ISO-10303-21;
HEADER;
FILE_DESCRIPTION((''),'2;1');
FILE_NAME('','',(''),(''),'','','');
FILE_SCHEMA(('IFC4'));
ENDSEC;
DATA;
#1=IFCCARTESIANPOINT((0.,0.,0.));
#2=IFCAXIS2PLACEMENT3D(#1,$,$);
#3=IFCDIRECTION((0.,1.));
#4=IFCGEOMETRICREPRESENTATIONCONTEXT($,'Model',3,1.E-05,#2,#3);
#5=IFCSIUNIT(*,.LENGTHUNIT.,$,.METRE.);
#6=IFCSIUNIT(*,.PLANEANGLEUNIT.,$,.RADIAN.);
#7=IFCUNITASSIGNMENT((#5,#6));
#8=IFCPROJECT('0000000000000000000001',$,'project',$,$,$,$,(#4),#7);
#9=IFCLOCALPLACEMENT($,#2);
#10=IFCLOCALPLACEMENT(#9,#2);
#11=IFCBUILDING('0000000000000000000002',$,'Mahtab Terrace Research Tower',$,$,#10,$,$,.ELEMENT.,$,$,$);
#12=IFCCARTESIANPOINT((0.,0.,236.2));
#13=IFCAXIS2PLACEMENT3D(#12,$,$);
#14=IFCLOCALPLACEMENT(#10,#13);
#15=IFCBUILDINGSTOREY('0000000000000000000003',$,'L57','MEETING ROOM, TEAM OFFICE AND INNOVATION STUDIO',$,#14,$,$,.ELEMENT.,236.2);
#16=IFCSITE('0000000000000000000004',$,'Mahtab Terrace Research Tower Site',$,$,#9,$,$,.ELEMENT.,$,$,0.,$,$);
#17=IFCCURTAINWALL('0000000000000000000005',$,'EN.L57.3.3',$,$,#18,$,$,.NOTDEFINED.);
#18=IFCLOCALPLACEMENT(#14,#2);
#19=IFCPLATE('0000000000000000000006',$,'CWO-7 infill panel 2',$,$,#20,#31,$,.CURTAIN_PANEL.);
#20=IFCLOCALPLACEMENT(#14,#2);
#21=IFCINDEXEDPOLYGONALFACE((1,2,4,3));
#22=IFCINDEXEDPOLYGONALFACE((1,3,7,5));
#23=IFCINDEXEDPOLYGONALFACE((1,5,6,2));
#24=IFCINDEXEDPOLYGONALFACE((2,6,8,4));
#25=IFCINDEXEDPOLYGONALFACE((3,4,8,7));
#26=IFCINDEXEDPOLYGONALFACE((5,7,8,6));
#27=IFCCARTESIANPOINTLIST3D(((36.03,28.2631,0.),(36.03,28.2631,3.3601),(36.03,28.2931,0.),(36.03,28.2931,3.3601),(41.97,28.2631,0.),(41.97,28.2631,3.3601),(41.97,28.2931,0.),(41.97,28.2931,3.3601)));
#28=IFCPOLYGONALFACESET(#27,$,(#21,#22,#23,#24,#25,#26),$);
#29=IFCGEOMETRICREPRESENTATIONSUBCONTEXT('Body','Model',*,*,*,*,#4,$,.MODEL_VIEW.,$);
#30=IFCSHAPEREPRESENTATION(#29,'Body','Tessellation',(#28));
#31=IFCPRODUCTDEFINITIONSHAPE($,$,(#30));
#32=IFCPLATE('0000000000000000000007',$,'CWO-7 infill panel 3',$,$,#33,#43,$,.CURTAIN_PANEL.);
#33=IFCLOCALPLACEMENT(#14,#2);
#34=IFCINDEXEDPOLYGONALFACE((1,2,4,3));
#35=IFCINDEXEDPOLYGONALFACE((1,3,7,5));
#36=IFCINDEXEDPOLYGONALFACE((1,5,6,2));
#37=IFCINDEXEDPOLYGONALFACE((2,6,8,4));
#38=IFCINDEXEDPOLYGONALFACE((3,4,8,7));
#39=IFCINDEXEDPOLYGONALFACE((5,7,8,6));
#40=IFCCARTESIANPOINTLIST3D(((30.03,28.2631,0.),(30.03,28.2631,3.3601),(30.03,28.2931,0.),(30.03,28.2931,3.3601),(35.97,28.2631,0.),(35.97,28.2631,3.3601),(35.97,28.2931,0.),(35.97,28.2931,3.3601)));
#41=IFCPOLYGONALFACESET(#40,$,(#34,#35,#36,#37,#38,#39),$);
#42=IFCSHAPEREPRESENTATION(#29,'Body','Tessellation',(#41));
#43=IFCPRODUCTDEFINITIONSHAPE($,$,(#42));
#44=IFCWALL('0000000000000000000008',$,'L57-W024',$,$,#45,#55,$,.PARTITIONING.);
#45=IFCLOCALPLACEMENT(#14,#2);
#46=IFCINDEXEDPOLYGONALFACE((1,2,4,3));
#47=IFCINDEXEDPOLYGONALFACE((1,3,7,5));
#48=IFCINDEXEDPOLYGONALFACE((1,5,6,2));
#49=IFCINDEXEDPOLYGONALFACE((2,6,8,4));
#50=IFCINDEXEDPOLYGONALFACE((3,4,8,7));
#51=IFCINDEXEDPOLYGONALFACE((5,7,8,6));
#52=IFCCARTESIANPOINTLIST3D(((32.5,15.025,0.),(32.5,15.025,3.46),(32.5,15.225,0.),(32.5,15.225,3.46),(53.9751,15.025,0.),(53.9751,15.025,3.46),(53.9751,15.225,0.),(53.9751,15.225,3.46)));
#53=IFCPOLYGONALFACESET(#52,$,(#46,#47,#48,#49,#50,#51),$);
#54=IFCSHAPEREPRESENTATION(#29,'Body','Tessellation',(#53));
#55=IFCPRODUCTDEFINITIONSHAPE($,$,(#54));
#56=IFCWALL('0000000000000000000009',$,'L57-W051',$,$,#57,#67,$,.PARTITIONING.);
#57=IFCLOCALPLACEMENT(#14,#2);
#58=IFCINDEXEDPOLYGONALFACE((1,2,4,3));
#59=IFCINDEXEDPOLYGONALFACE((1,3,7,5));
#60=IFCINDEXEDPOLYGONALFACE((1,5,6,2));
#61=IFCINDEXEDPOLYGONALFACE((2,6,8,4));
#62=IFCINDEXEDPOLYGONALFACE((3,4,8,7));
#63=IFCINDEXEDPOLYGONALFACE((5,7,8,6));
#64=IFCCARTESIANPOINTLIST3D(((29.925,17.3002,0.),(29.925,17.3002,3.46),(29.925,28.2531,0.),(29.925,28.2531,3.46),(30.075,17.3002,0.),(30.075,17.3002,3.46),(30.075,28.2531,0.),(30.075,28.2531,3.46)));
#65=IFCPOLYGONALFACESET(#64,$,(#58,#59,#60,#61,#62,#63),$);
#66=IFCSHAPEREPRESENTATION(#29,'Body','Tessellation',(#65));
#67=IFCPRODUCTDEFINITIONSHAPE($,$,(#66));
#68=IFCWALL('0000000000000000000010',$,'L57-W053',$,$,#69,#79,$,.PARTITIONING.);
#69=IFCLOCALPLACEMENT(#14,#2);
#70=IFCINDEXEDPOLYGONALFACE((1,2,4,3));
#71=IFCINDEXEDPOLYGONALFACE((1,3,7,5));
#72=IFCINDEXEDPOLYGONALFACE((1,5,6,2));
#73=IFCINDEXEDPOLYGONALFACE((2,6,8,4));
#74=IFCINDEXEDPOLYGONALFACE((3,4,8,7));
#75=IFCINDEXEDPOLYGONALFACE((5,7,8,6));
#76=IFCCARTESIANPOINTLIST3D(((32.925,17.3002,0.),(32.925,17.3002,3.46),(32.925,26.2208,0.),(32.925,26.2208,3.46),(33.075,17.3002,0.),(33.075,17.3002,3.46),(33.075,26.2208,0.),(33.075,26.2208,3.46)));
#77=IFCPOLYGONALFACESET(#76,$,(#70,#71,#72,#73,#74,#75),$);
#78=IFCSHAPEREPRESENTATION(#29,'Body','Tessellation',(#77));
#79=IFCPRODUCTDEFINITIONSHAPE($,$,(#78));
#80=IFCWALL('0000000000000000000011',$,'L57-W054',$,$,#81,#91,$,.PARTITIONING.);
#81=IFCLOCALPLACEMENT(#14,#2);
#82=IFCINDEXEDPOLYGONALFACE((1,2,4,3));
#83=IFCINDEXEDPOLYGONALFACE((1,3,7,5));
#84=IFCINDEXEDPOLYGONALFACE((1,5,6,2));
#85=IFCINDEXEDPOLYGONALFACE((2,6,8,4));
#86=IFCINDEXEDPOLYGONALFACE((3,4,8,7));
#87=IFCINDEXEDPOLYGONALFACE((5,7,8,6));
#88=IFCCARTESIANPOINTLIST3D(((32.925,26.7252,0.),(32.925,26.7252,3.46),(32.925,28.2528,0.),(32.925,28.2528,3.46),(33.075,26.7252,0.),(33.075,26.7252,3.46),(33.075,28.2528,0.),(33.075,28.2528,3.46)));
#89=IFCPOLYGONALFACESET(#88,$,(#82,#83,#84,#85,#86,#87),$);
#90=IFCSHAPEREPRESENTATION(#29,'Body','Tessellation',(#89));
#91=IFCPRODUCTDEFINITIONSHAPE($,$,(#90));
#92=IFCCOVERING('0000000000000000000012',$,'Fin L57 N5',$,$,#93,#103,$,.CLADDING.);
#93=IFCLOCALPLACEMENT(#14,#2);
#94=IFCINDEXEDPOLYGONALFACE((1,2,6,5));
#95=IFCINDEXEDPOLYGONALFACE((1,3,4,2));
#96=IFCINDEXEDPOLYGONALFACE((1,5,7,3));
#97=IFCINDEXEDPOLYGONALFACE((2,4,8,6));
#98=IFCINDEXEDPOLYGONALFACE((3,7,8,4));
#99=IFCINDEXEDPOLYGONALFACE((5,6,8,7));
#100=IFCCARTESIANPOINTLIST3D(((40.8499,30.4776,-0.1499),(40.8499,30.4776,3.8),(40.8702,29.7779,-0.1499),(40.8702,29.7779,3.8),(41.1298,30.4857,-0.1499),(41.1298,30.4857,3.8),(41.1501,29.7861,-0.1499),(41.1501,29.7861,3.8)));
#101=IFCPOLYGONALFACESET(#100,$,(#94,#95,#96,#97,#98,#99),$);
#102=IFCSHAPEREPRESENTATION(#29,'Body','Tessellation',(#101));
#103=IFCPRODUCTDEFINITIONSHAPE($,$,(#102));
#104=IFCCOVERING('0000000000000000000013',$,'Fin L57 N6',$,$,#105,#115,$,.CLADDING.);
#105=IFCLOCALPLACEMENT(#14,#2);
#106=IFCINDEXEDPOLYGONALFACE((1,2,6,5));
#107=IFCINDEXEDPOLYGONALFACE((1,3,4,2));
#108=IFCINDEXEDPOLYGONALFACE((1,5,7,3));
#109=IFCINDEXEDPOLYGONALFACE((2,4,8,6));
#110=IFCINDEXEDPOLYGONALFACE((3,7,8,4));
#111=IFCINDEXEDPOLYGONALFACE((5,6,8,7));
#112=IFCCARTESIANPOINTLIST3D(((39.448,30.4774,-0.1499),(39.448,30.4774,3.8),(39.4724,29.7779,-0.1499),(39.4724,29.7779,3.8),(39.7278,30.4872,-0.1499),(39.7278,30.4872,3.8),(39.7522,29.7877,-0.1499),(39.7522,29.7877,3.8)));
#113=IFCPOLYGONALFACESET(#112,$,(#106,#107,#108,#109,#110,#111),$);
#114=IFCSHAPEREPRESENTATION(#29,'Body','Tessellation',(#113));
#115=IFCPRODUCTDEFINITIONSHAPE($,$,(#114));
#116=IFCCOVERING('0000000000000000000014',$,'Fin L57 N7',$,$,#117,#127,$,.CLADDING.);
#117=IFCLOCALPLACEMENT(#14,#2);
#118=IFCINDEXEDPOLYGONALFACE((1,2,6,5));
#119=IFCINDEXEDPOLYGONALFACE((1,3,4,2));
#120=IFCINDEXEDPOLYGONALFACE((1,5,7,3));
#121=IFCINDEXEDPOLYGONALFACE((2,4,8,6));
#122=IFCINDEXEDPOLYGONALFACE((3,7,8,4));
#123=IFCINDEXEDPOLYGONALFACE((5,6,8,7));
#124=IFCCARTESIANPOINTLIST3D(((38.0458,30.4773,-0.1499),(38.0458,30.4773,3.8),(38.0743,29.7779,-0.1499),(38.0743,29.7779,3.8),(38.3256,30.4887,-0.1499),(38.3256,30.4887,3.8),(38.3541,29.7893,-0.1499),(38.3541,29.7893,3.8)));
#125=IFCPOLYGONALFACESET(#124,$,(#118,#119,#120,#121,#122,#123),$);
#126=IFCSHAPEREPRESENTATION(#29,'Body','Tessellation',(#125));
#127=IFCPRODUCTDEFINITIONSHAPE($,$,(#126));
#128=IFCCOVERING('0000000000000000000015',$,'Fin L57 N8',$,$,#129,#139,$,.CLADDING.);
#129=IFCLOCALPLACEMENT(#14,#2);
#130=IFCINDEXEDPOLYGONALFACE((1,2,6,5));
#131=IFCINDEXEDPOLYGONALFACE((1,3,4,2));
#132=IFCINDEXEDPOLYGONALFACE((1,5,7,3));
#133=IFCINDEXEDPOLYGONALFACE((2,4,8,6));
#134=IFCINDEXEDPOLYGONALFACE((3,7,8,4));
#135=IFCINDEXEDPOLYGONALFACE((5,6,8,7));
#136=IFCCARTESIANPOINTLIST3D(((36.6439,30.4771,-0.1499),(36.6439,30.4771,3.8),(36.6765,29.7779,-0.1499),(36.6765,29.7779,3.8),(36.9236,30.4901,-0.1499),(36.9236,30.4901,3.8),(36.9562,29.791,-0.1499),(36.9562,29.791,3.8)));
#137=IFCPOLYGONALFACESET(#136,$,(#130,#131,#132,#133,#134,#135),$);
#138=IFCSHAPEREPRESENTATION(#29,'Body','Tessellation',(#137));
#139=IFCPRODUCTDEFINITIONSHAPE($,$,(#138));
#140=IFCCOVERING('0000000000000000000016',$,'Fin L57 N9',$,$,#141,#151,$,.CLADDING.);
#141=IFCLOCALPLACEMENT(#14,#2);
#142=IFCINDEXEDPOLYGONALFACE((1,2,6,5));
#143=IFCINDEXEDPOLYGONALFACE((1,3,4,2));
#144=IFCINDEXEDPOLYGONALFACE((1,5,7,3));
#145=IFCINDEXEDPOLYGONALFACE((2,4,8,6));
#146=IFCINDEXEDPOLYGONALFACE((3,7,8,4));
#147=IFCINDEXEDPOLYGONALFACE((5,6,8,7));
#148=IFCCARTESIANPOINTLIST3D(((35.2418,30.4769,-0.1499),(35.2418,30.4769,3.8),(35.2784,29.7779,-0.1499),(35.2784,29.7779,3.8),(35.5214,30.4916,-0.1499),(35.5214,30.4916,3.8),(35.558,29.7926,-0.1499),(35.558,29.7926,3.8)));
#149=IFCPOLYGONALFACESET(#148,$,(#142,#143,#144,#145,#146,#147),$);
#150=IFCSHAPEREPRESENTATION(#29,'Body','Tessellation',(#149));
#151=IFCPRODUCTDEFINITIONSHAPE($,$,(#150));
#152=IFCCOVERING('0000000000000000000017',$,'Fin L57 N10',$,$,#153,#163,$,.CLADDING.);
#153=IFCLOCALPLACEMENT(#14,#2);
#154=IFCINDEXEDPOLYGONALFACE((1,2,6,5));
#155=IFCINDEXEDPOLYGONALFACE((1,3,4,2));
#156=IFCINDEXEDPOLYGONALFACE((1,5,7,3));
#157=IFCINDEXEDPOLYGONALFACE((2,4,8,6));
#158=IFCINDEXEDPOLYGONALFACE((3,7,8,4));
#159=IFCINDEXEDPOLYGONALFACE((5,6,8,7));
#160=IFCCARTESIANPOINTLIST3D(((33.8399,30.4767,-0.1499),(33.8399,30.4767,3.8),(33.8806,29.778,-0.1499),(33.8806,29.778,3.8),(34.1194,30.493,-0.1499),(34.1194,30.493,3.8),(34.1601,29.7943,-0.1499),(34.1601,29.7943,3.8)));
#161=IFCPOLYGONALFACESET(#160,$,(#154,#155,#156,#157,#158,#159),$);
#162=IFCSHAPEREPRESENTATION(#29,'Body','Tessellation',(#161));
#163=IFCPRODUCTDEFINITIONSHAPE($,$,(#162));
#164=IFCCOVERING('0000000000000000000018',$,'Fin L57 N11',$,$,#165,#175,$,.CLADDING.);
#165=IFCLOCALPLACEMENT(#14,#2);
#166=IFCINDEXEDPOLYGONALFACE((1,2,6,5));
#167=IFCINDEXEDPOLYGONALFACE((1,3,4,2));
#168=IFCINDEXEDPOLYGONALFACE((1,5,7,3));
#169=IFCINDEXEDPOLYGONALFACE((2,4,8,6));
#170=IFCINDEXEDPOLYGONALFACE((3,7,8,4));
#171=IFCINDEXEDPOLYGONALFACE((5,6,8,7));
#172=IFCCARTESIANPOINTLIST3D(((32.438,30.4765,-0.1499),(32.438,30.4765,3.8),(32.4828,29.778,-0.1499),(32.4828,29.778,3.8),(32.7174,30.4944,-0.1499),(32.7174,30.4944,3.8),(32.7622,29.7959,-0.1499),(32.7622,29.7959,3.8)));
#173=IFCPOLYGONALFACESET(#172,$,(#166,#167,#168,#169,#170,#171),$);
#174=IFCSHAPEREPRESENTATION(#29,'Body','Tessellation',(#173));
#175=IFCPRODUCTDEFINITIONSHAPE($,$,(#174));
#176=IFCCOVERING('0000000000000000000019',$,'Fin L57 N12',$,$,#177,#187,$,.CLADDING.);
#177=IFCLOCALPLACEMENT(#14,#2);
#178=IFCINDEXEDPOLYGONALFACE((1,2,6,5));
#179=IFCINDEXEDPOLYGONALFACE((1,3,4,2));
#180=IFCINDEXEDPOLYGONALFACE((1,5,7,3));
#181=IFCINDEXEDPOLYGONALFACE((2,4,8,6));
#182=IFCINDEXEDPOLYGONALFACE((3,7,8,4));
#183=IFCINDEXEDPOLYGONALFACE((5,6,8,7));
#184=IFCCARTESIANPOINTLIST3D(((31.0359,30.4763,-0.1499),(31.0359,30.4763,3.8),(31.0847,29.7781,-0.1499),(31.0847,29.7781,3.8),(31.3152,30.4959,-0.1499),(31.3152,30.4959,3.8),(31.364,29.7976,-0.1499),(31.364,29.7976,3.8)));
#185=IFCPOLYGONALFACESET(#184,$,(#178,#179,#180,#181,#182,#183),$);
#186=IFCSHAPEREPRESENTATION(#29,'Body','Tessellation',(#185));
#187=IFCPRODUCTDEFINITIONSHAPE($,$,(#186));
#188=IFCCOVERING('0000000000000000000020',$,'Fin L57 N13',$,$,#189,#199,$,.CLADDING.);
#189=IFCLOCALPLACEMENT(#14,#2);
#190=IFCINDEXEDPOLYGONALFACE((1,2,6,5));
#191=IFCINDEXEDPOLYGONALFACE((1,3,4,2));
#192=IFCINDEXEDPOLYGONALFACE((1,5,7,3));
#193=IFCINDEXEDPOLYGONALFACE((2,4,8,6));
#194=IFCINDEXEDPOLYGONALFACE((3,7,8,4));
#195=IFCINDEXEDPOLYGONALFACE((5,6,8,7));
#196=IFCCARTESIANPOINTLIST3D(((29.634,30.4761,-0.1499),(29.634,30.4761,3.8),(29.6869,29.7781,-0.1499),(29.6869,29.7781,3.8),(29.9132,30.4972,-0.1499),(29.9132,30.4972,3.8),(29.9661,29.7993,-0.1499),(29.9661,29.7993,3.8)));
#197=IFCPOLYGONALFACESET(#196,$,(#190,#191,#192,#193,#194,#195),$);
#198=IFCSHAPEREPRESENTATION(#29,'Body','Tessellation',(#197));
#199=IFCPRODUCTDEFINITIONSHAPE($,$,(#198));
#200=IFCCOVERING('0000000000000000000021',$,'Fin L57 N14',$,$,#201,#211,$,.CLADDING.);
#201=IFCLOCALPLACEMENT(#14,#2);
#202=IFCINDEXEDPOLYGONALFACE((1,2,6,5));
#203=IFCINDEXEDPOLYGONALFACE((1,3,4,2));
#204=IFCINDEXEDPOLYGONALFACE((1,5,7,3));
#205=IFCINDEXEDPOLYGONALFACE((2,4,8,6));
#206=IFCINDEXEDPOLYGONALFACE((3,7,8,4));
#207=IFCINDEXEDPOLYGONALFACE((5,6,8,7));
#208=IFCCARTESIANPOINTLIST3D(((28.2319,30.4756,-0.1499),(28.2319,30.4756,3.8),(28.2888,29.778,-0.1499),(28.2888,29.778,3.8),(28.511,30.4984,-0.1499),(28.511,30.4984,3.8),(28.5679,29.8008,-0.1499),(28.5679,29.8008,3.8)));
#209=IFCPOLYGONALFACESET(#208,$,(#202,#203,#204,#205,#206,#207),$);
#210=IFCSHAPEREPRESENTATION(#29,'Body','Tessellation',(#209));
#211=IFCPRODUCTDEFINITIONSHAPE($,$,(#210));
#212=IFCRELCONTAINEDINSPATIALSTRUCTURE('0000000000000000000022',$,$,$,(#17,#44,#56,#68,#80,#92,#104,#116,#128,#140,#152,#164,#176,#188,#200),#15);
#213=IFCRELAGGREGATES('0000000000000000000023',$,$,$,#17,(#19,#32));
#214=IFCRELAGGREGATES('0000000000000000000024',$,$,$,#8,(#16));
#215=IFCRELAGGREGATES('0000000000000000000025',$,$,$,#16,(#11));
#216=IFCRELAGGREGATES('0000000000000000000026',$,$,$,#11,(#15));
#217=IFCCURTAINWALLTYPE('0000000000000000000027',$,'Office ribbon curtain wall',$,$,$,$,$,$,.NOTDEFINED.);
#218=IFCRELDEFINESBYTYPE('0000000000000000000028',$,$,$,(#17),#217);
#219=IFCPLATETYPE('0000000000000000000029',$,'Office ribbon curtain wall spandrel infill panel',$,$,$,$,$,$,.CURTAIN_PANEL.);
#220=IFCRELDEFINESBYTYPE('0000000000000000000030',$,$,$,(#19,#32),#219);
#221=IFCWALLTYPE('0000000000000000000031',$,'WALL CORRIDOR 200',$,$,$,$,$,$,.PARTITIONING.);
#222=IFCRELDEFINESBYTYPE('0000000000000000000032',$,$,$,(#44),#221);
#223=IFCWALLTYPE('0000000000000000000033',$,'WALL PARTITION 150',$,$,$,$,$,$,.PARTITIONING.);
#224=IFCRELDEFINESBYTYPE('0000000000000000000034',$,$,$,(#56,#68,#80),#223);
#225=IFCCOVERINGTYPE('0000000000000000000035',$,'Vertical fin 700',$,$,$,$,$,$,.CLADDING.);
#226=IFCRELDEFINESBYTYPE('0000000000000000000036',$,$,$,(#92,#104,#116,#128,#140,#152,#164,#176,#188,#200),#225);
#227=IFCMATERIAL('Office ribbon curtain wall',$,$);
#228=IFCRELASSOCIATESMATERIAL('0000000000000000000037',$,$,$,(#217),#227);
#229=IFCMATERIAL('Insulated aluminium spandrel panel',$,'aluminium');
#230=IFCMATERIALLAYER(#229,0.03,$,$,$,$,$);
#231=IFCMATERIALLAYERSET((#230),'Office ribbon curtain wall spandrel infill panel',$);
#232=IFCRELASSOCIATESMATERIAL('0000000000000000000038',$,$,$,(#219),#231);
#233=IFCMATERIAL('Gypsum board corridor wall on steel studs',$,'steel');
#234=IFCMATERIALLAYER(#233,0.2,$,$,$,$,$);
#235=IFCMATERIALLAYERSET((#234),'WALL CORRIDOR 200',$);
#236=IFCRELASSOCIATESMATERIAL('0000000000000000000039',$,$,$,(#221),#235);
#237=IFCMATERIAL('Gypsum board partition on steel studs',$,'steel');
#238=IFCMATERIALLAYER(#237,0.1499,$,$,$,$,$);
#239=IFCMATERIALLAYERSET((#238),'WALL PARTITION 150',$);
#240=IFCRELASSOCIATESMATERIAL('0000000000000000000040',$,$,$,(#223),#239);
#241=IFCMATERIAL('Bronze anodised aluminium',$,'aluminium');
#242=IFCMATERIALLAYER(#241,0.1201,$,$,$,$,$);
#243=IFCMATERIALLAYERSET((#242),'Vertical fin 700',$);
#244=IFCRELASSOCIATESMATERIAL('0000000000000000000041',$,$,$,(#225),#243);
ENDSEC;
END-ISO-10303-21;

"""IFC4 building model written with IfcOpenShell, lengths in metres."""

from ifc_helpers import new_model, si_unit, direction, frame, frame_2d, origin, origin_2d, place, context, subcontext, project, spatial, rectangle, extrude, material, layer, layer_set, type_object, element, aggregate, save


model = new_model("IFC4")

# Units and contexts
model_context = context("Model", 3, precision=1e-05, world=origin(), true_north=direction((0.0, 1.0)))
body_context = subcontext(model_context, "Body", "Model", "MODEL_VIEW")
ifc_project = project(units=[si_unit("LENGTHUNIT", "METRE"), si_unit("PLANEANGLEUNIT", "RADIAN")], contexts=[model_context])

# Site, building, storey
site_placement = place(None, origin())
site = spatial("IfcSite", under=ifc_project, at=site_placement, Name="Mahtab Terrace Research Tower Site", CompositionType="ELEMENT", RefElevation=0.0)
building_placement = place(site_placement, origin())
building = spatial("IfcBuilding", under=site, at=building_placement, Name="Mahtab Terrace Research Tower", CompositionType="ELEMENT")
storey_placement = place(building_placement, frame((0.0, 0.0, 236.2)))
storey = spatial("IfcBuildingStorey", under=building, at=storey_placement, Name="L57", Description="MEETING ROOM, TEAM OFFICE AND INNOVATION STUDIO", CompositionType="ELEMENT", Elevation=236.2)

# Curtain wall
ifc_material_1 = material(Name="Office ribbon curtain wall")
curtain_wall_type = type_object("IfcCurtainWallType", Name="Office ribbon curtain wall", PredefinedType="NOTDEFINED", material=ifc_material_1)
curtain_wall_placement = place(storey_placement, origin())
curtain_wall = element("IfcCurtainWall", 1, at=curtain_wall_placement, inside=storey, type_object=curtain_wall_type, Name="EN.L57.3.3", PredefinedType="NOTDEFINED")

# Plates
ifc_material_2 = material(Name="Insulated aluminium spandrel panel", Category="aluminium")
ifc_layer_1 = layer(ifc_material_2, 0.03)
ifc_layer_set_1 = layer_set([ifc_layer_1], Name="Office ribbon curtain wall spandrel infill panel")
plate_type = type_object("IfcPlateType", Name="Office ribbon curtain wall spandrel infill panel", PredefinedType="CURTAIN_PANEL", material=ifc_layer_set_1)
plate_1_placement = place(storey_placement, frame((39.0, 28.2781, 0.0), z_axis=(0.0, 0.0, 1.0), x_axis=(-1.0, 0.0, 0.0)))
plate_1 = element("IfcPlate", 2, at=plate_1_placement, type_object=plate_type, Name="CWO-7 infill panel 2", PredefinedType="CURTAIN_PANEL", context=body_context, shape_type="SweptSolid", body=[
    extrude(rectangle(XDim=5.9399, YDim=0.03, at=origin_2d()), origin(), (0.0, 0.0, 1.0), 3.3601),
])
plate_2_placement = place(storey_placement, frame((33.0, 28.2781, 0.0), z_axis=(0.0, 0.0, 1.0), x_axis=(-1.0, 0.0, 0.0)))
plate_2 = element("IfcPlate", 3, at=plate_2_placement, type_object=plate_type, Name="CWO-7 infill panel 3", PredefinedType="CURTAIN_PANEL", context=body_context, shape_type="SweptSolid", body=[
    extrude(rectangle(XDim=5.9399, YDim=0.03, at=origin_2d()), origin(), (0.0, 0.0, 1.0), 3.3601),
])
aggregate(curtain_wall, [plate_1, plate_2])

# Walls
ifc_material_3 = material(Name="Gypsum board corridor wall on steel studs", Category="steel")
ifc_layer_2 = layer(ifc_material_3, 0.2)
ifc_layer_set_2 = layer_set([ifc_layer_2], Name="WALL CORRIDOR 200")
wall_type_1 = type_object("IfcWallType", Name="WALL CORRIDOR 200", PredefinedType="PARTITIONING", material=ifc_layer_set_2)
wall_1_placement = place(storey_placement, frame((32.5, 15.125, 0.0), z_axis=(0.0, 0.0, 1.0), x_axis=(1.0, 0.0, 0.0)))
element("IfcWall", 4, at=wall_1_placement, inside=storey, type_object=wall_type_1, Name="L57-W024", PredefinedType="PARTITIONING", context=body_context, shape_type="SweptSolid", body=[
    extrude(rectangle(XDim=21.4751, YDim=0.2, at=frame_2d((10.7375, 0.0))), origin(), (0.0, 0.0, 1.0), 3.46),
])
ifc_material_4 = material(Name="Gypsum board partition on steel studs", Category="steel")
ifc_layer_3 = layer(ifc_material_4, 0.1499)
ifc_layer_set_3 = layer_set([ifc_layer_3], Name="WALL PARTITION 150")
wall_type_2 = type_object("IfcWallType", Name="WALL PARTITION 150", PredefinedType="PARTITIONING", material=ifc_layer_set_3)
wall_2_placement = place(storey_placement, frame((30.0, 17.3, 0.0), z_axis=(0.0, 0.0, 1.0), x_axis=(0.0, 1.0, 0.0)))
element("IfcWall", 5, at=wall_2_placement, inside=storey, type_object=wall_type_2, Name="L57-W051", PredefinedType="PARTITIONING", context=body_context, shape_type="SweptSolid", body=[
    extrude(rectangle(XDim=10.9529, YDim=0.1499, at=frame_2d((5.4766, 0.0))), origin(), (0.0, 0.0, 1.0), 3.46),
])
wall_3_placement = place(storey_placement, frame((33.0, 17.3, 0.0), z_axis=(0.0, 0.0, 1.0), x_axis=(0.0, 1.0, 0.0)))
element("IfcWall", 6, at=wall_3_placement, inside=storey, type_object=wall_type_2, Name="L57-W053", PredefinedType="PARTITIONING", context=body_context, shape_type="SweptSolid", body=[
    extrude(rectangle(XDim=8.9207, YDim=0.1499, at=frame_2d((4.4604, 0.0))), origin(), (0.0, 0.0, 1.0), 3.46),
])
wall_4_placement = place(storey_placement, frame((33.0, 26.7253, 0.0), z_axis=(0.0, 0.0, 1.0), x_axis=(0.0, 1.0, 0.0)))
element("IfcWall", 7, at=wall_4_placement, inside=storey, type_object=wall_type_2, Name="L57-W054", PredefinedType="PARTITIONING", context=body_context, shape_type="SweptSolid", body=[
    extrude(rectangle(XDim=1.5276, YDim=0.1499, at=frame_2d((0.7637, 0.0))), origin(), (0.0, 0.0, 1.0), 3.46),
])

# Coverings
ifc_material_5 = material(Name="Bronze anodised aluminium", Category="aluminium")
ifc_layer_4 = layer(ifc_material_5, 0.1201)
ifc_layer_set_4 = layer_set([ifc_layer_4], Name="Vertical fin 700")
covering_type = type_object("IfcCoveringType", Name="Vertical fin 700", PredefinedType="CLADDING", material=ifc_layer_set_4)
for number, where, z_axis, x_axis, name in (
    (8, (41.0, 30.1318, -0.1499), (0.0, 0.0, 1.0), (-0.999577, -0.029085, 0.0), "Fin L57 N5"),
    (9, (39.6001, 30.1326, -0.1499), (0.0, 0.0, 1.0), (-0.999391, -0.034899, 0.0), "Fin L57 N6"),
    (10, (38.2, 30.1333, -0.1499), (0.0, 0.0, 1.0), (-0.999171, -0.040713, 0.0), "Fin L57 N7"),
    (11, (36.8, 30.134, -0.1499), (0.0, 0.0, 1.0), (-0.998917, -0.046525, 0.0), "Fin L57 N8"),
    (12, (35.3999, 30.1348, -0.1499), (0.0, 0.0, 1.0), (-0.99863, -0.052336, 0.0), "Fin L57 N9"),
    (13, (34.0, 30.1355, -0.1499), (0.0, 0.0, 1.0), (-0.998308, -0.058145, 0.0), "Fin L57 N10"),
    (14, (32.6001, 30.1362, -0.1499), (0.0, 0.0, 1.0), (-0.997953, -0.063952, 0.0), "Fin L57 N11"),
    (15, (31.2, 30.137, -0.1499), (0.0, 0.0, 1.0), (-0.997564, -0.069756, 0.0), "Fin L57 N12"),
    (16, (29.8, 30.1377, -0.1499), (0.0, 0.0, 1.0), (-0.997141, -0.075559, 0.0), "Fin L57 N13"),
    (17, (28.3999, 30.1382, -0.1499), (0.0, 0.0, 1.0), (-0.996685, -0.081359, 0.0), "Fin L57 N14"),
):
    element("IfcCovering", number, at=place(storey_placement, frame(where, z_axis=z_axis, x_axis=x_axis)), inside=storey, type_object=covering_type, Name=name, PredefinedType="CLADDING", context=body_context, shape_type="SweptSolid", body=[
        extrude(rectangle(XDim=0.28, YDim=0.7, at=origin_2d()), origin(), (0.0, 0.0, 1.0), 3.95),
    ])

save(model, "model.ifc")
